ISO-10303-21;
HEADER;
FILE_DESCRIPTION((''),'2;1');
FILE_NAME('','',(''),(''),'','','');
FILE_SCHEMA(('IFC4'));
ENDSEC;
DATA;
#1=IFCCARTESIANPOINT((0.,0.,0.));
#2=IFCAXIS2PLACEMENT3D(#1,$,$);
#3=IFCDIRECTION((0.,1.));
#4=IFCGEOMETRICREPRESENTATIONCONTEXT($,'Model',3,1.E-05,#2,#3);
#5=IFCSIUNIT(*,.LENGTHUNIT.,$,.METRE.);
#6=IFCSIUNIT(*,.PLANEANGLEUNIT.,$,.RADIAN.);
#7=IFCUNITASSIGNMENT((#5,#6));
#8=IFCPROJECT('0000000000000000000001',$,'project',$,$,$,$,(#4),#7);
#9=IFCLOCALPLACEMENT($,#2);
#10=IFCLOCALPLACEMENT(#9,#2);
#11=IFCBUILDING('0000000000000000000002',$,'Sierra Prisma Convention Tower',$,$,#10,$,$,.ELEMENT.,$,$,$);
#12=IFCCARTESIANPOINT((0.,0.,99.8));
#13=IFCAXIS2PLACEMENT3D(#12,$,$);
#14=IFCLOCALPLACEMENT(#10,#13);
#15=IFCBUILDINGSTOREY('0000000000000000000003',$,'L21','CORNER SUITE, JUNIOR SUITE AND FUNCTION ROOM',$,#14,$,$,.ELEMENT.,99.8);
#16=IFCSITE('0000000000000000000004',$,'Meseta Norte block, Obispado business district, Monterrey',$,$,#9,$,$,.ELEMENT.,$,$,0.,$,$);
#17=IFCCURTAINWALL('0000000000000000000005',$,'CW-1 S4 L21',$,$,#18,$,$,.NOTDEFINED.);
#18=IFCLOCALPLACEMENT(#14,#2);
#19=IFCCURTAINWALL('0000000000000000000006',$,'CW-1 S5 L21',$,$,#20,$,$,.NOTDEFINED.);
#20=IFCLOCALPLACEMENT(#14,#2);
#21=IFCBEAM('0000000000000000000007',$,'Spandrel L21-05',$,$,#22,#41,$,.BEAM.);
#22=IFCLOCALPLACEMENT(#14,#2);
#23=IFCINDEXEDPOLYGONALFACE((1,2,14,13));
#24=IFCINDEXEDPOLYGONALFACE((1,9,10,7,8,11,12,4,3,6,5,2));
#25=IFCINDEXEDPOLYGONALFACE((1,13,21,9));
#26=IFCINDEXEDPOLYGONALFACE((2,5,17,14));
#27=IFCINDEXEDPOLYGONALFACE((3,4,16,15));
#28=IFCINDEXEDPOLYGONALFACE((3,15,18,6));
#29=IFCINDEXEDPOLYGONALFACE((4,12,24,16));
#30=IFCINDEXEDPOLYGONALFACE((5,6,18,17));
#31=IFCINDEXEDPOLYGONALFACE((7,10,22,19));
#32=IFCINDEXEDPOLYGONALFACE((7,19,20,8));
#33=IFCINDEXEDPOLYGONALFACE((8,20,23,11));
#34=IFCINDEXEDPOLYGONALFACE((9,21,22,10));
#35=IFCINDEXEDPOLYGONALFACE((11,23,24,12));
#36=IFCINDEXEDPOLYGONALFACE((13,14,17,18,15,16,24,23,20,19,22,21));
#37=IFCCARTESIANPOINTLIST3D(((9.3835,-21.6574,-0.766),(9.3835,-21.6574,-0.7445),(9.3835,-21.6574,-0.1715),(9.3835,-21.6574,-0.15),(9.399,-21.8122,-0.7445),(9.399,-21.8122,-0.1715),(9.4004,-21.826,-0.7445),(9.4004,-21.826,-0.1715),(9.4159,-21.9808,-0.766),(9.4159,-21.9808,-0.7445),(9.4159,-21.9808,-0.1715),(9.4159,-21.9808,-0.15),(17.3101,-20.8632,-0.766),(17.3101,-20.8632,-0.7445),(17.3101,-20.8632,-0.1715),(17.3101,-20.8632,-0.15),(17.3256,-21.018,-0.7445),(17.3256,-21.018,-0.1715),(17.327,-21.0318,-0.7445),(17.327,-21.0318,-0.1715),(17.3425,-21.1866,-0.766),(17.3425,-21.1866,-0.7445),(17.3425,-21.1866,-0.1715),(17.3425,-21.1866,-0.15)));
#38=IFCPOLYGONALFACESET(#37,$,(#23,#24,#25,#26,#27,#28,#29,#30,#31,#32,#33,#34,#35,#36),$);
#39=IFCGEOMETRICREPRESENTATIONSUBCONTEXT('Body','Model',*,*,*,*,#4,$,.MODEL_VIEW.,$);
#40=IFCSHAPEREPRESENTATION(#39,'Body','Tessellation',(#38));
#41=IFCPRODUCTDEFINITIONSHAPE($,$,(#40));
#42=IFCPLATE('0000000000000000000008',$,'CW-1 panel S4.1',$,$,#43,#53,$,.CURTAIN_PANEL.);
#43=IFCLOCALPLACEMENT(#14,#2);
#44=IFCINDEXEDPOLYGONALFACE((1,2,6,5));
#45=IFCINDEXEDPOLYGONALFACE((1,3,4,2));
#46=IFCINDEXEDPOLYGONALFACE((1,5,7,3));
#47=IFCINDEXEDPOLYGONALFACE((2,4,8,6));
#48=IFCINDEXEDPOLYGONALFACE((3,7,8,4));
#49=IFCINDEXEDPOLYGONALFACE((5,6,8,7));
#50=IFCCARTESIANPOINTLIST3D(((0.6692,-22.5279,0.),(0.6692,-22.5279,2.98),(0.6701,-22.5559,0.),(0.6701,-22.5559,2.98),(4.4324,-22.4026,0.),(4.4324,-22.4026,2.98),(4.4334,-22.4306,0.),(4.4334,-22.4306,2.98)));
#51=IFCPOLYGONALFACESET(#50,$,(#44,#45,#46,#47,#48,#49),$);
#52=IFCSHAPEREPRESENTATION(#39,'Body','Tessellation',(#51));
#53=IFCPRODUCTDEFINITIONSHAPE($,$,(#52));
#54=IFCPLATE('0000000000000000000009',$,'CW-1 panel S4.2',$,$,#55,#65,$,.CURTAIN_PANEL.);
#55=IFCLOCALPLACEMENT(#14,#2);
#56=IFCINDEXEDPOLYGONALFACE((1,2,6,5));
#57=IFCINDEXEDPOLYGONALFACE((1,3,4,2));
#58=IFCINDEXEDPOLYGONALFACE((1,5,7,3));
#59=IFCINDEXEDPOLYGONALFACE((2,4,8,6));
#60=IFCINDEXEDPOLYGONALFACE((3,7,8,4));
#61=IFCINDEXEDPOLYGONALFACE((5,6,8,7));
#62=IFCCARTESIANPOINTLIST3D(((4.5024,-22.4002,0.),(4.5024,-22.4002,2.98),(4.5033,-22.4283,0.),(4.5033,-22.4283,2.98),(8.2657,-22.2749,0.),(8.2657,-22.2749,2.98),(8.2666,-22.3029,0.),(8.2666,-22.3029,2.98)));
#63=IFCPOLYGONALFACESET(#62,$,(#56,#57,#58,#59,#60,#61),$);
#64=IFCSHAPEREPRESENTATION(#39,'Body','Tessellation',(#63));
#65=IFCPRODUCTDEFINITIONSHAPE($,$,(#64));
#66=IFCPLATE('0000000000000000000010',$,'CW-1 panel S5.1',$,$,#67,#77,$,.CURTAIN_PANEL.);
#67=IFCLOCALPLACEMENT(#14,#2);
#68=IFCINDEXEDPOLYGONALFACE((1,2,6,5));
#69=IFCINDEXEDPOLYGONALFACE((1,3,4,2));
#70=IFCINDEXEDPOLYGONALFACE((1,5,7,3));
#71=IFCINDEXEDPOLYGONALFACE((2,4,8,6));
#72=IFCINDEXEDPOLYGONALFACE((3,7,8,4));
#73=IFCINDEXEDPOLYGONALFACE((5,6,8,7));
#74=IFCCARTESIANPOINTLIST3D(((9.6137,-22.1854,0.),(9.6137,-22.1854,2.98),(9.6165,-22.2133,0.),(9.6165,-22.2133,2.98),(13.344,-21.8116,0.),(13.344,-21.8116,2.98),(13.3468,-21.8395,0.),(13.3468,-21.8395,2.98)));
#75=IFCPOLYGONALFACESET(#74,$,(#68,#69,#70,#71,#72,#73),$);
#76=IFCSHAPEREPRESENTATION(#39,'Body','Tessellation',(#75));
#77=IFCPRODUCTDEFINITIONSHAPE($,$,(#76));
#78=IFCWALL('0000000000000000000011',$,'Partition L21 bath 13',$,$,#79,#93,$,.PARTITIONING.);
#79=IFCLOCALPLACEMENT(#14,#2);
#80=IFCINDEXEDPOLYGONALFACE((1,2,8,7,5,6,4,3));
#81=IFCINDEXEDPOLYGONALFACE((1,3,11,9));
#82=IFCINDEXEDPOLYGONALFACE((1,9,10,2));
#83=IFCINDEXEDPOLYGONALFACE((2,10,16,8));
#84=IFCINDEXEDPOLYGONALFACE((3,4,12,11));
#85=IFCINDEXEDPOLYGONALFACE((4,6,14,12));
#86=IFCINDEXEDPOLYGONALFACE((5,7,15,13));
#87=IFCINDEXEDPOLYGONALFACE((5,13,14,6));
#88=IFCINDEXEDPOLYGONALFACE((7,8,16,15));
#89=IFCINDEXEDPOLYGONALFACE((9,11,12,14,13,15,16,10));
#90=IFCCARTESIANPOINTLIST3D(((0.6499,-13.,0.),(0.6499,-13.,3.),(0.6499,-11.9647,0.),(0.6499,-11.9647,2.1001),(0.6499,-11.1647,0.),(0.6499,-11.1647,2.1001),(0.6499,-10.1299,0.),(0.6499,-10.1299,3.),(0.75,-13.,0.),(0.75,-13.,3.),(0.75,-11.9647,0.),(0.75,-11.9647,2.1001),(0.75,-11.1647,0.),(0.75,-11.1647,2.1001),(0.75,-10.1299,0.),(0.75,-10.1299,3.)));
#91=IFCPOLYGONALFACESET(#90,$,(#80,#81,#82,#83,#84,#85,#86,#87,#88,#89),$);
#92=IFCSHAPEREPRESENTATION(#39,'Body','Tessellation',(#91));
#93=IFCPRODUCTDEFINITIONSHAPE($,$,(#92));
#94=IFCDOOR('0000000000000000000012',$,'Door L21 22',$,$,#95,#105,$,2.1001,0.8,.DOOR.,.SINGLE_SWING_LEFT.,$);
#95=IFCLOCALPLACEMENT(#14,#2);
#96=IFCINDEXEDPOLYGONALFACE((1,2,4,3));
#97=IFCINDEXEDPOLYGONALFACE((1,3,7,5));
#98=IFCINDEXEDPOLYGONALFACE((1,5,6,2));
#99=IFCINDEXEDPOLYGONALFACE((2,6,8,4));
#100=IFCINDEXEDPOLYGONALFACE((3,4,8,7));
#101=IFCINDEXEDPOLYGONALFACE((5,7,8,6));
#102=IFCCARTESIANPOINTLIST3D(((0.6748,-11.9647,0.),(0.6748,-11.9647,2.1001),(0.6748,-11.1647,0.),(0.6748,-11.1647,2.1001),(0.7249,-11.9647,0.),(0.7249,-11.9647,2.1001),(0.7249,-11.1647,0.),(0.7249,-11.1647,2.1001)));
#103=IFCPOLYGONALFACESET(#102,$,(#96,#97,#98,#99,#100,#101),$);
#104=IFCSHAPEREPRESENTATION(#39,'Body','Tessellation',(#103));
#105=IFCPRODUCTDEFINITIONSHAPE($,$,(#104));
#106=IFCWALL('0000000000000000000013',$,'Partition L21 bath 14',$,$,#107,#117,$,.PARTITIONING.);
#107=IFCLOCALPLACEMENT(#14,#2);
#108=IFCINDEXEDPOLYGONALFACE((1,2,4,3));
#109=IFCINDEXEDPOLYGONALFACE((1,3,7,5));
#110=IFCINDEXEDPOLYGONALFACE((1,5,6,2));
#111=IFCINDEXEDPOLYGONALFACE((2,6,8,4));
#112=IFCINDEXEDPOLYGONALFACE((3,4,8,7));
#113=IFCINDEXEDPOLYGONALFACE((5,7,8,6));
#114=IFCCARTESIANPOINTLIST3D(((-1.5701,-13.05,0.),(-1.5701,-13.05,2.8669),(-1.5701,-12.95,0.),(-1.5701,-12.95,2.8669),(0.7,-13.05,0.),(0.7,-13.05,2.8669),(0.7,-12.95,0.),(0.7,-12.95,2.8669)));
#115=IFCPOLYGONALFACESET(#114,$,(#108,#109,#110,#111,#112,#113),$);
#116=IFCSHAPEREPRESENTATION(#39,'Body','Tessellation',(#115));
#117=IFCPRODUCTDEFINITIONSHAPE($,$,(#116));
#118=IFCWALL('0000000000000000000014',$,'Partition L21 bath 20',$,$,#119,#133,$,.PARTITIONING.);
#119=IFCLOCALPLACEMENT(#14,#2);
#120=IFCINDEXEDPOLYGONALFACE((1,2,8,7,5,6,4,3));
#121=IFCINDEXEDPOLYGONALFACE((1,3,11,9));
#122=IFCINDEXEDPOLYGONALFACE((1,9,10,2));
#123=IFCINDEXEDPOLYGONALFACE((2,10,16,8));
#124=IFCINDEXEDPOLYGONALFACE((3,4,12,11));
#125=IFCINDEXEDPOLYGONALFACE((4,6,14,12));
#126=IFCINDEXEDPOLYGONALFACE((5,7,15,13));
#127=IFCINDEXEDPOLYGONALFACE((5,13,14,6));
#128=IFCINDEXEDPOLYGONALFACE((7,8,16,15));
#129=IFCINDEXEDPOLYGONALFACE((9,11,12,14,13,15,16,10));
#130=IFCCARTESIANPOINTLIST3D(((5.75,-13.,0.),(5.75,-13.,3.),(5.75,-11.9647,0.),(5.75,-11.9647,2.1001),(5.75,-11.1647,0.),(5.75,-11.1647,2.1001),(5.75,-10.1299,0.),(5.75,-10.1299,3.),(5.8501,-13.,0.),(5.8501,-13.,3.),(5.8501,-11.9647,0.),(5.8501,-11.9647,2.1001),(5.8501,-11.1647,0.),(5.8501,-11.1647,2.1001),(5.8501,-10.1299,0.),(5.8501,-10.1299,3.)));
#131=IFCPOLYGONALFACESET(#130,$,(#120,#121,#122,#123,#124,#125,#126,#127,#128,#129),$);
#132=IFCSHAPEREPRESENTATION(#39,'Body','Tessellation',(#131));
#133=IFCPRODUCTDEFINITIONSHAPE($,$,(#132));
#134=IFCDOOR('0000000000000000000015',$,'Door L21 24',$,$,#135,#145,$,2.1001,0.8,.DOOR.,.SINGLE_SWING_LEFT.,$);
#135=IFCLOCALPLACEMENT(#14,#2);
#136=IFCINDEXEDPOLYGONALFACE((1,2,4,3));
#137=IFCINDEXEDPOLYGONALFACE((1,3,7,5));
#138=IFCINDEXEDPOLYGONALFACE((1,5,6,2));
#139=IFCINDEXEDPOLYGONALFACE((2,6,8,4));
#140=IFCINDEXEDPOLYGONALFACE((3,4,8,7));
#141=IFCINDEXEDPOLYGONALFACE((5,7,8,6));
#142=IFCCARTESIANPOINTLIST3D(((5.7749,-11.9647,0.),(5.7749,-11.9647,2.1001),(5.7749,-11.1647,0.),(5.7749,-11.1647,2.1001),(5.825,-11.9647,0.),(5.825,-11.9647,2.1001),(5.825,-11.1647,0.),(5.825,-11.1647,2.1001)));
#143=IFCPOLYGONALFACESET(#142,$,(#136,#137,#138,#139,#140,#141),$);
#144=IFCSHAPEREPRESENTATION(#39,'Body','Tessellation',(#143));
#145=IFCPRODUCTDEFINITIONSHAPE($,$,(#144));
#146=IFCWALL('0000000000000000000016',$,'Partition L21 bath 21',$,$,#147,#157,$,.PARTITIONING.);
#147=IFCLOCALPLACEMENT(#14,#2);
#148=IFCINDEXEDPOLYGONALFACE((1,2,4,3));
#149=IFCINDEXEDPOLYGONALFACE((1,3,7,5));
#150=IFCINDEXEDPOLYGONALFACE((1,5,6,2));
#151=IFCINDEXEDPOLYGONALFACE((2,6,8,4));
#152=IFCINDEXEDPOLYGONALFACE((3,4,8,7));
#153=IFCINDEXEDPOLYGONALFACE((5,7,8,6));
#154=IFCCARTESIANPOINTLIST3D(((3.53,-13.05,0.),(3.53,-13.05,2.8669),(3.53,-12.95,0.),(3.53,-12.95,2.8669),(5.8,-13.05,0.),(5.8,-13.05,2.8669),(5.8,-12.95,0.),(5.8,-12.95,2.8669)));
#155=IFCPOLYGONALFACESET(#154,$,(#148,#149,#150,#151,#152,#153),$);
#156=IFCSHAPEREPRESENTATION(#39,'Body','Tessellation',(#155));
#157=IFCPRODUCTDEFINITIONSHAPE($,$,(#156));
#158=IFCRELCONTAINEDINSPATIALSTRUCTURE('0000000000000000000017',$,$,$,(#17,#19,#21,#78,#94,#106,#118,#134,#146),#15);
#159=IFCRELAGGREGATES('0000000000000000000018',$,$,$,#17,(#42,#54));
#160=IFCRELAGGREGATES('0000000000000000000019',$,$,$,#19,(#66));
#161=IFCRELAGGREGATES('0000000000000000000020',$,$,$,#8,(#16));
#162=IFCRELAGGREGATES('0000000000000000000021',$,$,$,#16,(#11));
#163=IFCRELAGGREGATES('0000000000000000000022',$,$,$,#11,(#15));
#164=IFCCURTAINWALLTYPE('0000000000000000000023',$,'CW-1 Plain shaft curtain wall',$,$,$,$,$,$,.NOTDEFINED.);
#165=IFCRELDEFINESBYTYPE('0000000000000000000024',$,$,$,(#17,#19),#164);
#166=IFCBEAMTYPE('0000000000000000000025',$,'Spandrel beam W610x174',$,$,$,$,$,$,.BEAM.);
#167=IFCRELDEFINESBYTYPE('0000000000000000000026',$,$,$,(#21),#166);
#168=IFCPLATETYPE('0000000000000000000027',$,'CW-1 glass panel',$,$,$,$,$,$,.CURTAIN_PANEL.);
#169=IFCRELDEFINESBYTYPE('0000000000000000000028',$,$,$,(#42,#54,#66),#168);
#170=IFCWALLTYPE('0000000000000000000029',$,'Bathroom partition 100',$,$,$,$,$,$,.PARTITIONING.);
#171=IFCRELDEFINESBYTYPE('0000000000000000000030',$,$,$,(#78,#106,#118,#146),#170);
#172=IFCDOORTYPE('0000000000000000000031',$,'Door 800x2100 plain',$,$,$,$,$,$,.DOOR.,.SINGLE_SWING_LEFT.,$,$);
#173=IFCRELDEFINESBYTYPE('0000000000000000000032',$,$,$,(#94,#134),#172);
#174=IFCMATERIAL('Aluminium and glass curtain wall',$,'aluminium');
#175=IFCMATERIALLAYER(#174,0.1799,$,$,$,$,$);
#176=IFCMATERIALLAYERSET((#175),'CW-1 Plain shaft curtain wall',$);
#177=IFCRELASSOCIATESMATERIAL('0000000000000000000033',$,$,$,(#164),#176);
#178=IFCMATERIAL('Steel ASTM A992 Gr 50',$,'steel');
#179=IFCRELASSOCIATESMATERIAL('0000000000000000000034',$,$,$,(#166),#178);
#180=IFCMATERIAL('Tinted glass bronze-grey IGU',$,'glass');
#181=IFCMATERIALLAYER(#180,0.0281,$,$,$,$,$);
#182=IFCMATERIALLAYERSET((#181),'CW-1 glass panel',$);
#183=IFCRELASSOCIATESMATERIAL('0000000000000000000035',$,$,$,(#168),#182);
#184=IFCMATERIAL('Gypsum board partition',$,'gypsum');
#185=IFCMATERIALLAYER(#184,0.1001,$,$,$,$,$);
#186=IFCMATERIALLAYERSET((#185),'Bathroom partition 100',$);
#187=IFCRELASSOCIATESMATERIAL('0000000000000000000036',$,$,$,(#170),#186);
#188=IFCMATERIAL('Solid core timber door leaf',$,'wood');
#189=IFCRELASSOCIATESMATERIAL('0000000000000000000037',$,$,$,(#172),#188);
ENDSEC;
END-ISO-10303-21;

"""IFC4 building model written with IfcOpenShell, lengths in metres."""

from ifc_helpers import new_model, si_unit, direction, frame, frame_2d, origin, origin_2d, place, context, subcontext, project, spatial, rectangle, i_section, extrude, material, layer, layer_set, material_profile, profile_set, type_object, element, fill, aggregate, save


model = new_model("IFC4")

# Units and contexts
model_context = context("Model", 3, precision=1e-05, world=origin(), true_north=direction((0.0, 1.0)))
body_context = subcontext(model_context, "Body", "Model", "MODEL_VIEW")
ifc_project = project(units=[si_unit("LENGTHUNIT", "METRE"), si_unit("PLANEANGLEUNIT", "RADIAN")], contexts=[model_context])

# Site, building, storey
site_placement = place(None, origin())
site = spatial("IfcSite", under=ifc_project, at=site_placement, Name="Meseta Norte block, Obispado business district, Monterrey", CompositionType="ELEMENT", RefElevation=0.0)
building_placement = place(site_placement, origin())
building = spatial("IfcBuilding", under=site, at=building_placement, Name="Sierra Prisma Convention Tower", CompositionType="ELEMENT")
storey_placement = place(building_placement, frame((0.0, 0.0, 99.8)))
storey = spatial("IfcBuildingStorey", under=building, at=storey_placement, Name="L21", Description="CORNER SUITE, JUNIOR SUITE AND FUNCTION ROOM", CompositionType="ELEMENT", Elevation=99.8)

# Curtain wall
ifc_material_1 = material(Name="Aluminium and glass curtain wall", Category="aluminium")
ifc_layer_1 = layer(ifc_material_1, 0.1799)
ifc_layer_set_1 = layer_set([ifc_layer_1], Name="CW-1 Plain shaft curtain wall")
curtain_wall_type = type_object("IfcCurtainWallType", Name="CW-1 Plain shaft curtain wall", PredefinedType="NOTDEFINED", material=ifc_layer_set_1)
curtain_wall_1_placement = place(storey_placement, origin())
curtain_wall_1 = element("IfcCurtainWall", 1, at=curtain_wall_1_placement, inside=storey, type_object=curtain_wall_type, Name="CW-1 S4 L21", PredefinedType="NOTDEFINED")

# Curtain wall
curtain_wall_2_placement = place(storey_placement, origin())
curtain_wall_2 = element("IfcCurtainWall", 2, at=curtain_wall_2_placement, inside=storey, type_object=curtain_wall_type, Name="CW-1 S5 L21", PredefinedType="NOTDEFINED")

# Beam
ifc_material_2 = material(Name="Steel ASTM A992 Gr 50", Category="steel")
ifc_material_profile_1 = material_profile(ifc_material_2, i_section(OverallWidth=0.325, OverallDepth=0.616, WebThickness=0.0139, FlangeThickness=0.0215, at=origin_2d()), Name="W610x174")
ifc_profile_set_1 = profile_set([ifc_material_profile_1], Name="Steel ASTM A992 Gr 50")
beam_type_1 = type_object("IfcBeamType", Name="Spandrel beam W610x174", PredefinedType="BEAM", material=ifc_profile_set_1)
beam_1_placement = place(storey_placement, frame((9.3997, -21.8191, -0.458), z_axis=(0.995018, 0.099695, 0.0), x_axis=(-0.099695, 0.995018, 0.0)))
element("IfcBeam", 3, at=beam_1_placement, inside=storey, type_object=beam_type_1, Name="Spandrel L21-05", PredefinedType="BEAM", context=body_context, shape_type="SweptSolid", body=[
    extrude(i_section(OverallWidth=0.325, OverallDepth=0.616, WebThickness=0.0139, FlangeThickness=0.0215, at=origin_2d()), origin(), (0.0, 0.0, 1.0), 7.9663),
])

# Plates
ifc_material_3 = material(Name="Tinted glass bronze-grey IGU", Category="glass")
ifc_layer_2 = layer(ifc_material_3, 0.0281)
ifc_layer_set_2 = layer_set([ifc_layer_2], Name="CW-1 glass panel")
plate_type = type_object("IfcPlateType", Name="CW-1 glass panel", PredefinedType="CURTAIN_PANEL", material=ifc_layer_set_2)
plate_1_placement = place(storey_placement, frame((2.5513, -22.4792, 0.0), z_axis=(0.0, 0.0, 1.0), x_axis=(0.999446, 0.033286, 0.0)))
plate_1 = element("IfcPlate", 4, at=plate_1_placement, type_object=plate_type, Name="CW-1 panel S4.1", PredefinedType="CURTAIN_PANEL", context=body_context, shape_type="SweptSolid", body=[
    extrude(rectangle(XDim=3.7654, YDim=0.0281, at=origin_2d()), origin(), (0.0, 0.0, 1.0), 2.98),
])
plate_2_placement = place(storey_placement, frame((6.3845, -22.3516, 0.0), z_axis=(0.0, 0.0, 1.0), x_axis=(0.999446, 0.033286, 0.0)))
plate_2 = element("IfcPlate", 5, at=plate_2_placement, type_object=plate_type, Name="CW-1 panel S4.2", PredefinedType="CURTAIN_PANEL", context=body_context, shape_type="SweptSolid", body=[
    extrude(rectangle(XDim=3.7654, YDim=0.0281, at=origin_2d()), origin(), (0.0, 0.0, 1.0), 2.98),
])
aggregate(curtain_wall_1, [plate_1, plate_2])
plate_3_placement = place(storey_placement, frame((11.4802, -22.0125, 0.0), z_axis=(0.0, 0.0, 1.0), x_axis=(0.995016, 0.099711, 0.0)))
plate_3 = element("IfcPlate", 6, at=plate_3_placement, type_object=plate_type, Name="CW-1 panel S5.1", PredefinedType="CURTAIN_PANEL", context=body_context, shape_type="SweptSolid", body=[
    extrude(rectangle(XDim=3.749, YDim=0.0281, at=origin_2d()), origin(), (0.0, 0.0, 1.0), 2.98),
])
aggregate(curtain_wall_2, [plate_3])

# Wall, opening, door
ifc_material_4 = material(Name="Gypsum board partition", Category="gypsum")
ifc_layer_3 = layer(ifc_material_4, 0.1001)
ifc_layer_set_3 = layer_set([ifc_layer_3], Name="Bathroom partition 100")
wall_type_1 = type_object("IfcWallType", Name="Bathroom partition 100", PredefinedType="PARTITIONING", material=ifc_layer_set_3)
wall_1_placement = place(storey_placement, frame((0.7, -10.1299, 0.0), z_axis=(0.0, 0.0, 1.0), x_axis=(0.0, -1.0, 0.0)))
wall_1 = element("IfcWall", 7, at=wall_1_placement, inside=storey, type_object=wall_type_1, Name="Partition L21 bath 13", PredefinedType="PARTITIONING", context=body_context, shape_type="SweptSolid", body=[
    extrude(rectangle(XDim=2.8701, YDim=0.1001, at=frame_2d((1.4351, 0.0))), origin(), (0.0, 0.0, 1.0), 3.0),
])
opening_1_placement = place(wall_1_placement, frame((1.0349, 0.0, 0.0)))
opening_1 = element("IfcOpeningElement", 8, at=opening_1_placement, cuts=wall_1, PredefinedType="OPENING", context=body_context, shape_type="SweptSolid", body=[
    extrude(rectangle(XDim=0.8, YDim=2.1001, at=frame_2d((0.3999, 1.05))), frame((0.0, 0.05, 0.0), z_axis=(0.0, -1.0, 0.0), x_axis=(1.0, 0.0, 0.0)), (0.0, 0.0, 1.0), 0.1001),
])
ifc_material_5 = material(Name="Solid core timber door leaf", Category="wood")
door_type_1 = type_object("IfcDoorType", Name="Door 800x2100 plain", OperationType="SINGLE_SWING_LEFT", PredefinedType="DOOR", material=ifc_material_5)
door_1_placement = place(opening_1_placement, origin())
door_1 = element("IfcDoor", 9, at=door_1_placement, inside=storey, type_object=door_type_1, Name="Door L21 22", OperationType="SINGLE_SWING_LEFT", OverallHeight=2.1001, OverallWidth=0.8, PredefinedType="DOOR", context=body_context, shape_type="SweptSolid", body=[
    extrude(rectangle(XDim=0.8, YDim=2.1001, at=frame_2d((0.3999, 1.05))), frame((0.0, 0.0249, 0.0), z_axis=(0.0, -1.0, 0.0), x_axis=(1.0, 0.0, 0.0)), (0.0, 0.0, 1.0), 0.05),
])
fill(opening_1, door_1)

# Wall
wall_2_placement = place(storey_placement, frame((0.7, -13.0, 0.0), z_axis=(0.0, 0.0, 1.0), x_axis=(-1.0, 0.0, 0.0)))
element("IfcWall", 10, at=wall_2_placement, inside=storey, type_object=wall_type_1, Name="Partition L21 bath 14", PredefinedType="PARTITIONING", context=body_context, shape_type="SweptSolid", body=[
    extrude(rectangle(XDim=2.27, YDim=0.1001, at=frame_2d((1.135, 0.0))), origin(), (0.0, 0.0, 1.0), 2.8669),
])

# Wall, opening, door
wall_3_placement = place(storey_placement, frame((5.8, -10.1299, 0.0), z_axis=(0.0, 0.0, 1.0), x_axis=(0.0, -1.0, 0.0)))
wall_3 = element("IfcWall", 11, at=wall_3_placement, inside=storey, type_object=wall_type_1, Name="Partition L21 bath 20", PredefinedType="PARTITIONING", context=body_context, shape_type="SweptSolid", body=[
    extrude(rectangle(XDim=2.8701, YDim=0.1001, at=frame_2d((1.4351, 0.0))), origin(), (0.0, 0.0, 1.0), 3.0),
])
opening_2_placement = place(wall_3_placement, frame((1.0349, 0.0, 0.0)))
opening_2 = element("IfcOpeningElement", 12, at=opening_2_placement, cuts=wall_3, PredefinedType="OPENING", context=body_context, shape_type="SweptSolid", body=[
    extrude(rectangle(XDim=0.8, YDim=2.1001, at=frame_2d((0.3999, 1.05))), frame((0.0, 0.05, 0.0), z_axis=(0.0, -1.0, 0.0), x_axis=(1.0, 0.0, 0.0)), (0.0, 0.0, 1.0), 0.1001),
])
door_2_placement = place(opening_2_placement, origin())
door_2 = element("IfcDoor", 13, at=door_2_placement, inside=storey, type_object=door_type_1, Name="Door L21 24", OperationType="SINGLE_SWING_LEFT", OverallHeight=2.1001, OverallWidth=0.8, PredefinedType="DOOR", context=body_context, shape_type="SweptSolid", body=[
    extrude(rectangle(XDim=0.8, YDim=2.1001, at=frame_2d((0.3999, 1.05))), frame((0.0, 0.0249, 0.0), z_axis=(0.0, -1.0, 0.0), x_axis=(1.0, 0.0, 0.0)), (0.0, 0.0, 1.0), 0.05),
])
fill(opening_2, door_2)

# Wall
wall_4_placement = place(storey_placement, frame((5.8, -13.0, 0.0), z_axis=(0.0, 0.0, 1.0), x_axis=(-1.0, 0.0, 0.0)))
element("IfcWall", 14, at=wall_4_placement, inside=storey, type_object=wall_type_1, Name="Partition L21 bath 21", PredefinedType="PARTITIONING", context=body_context, shape_type="SweptSolid", body=[
    extrude(rectangle(XDim=2.27, YDim=0.1001, at=frame_2d((1.135, 0.0))), origin(), (0.0, 0.0, 1.0), 2.8669),
])

save(model, "model.ifc")
